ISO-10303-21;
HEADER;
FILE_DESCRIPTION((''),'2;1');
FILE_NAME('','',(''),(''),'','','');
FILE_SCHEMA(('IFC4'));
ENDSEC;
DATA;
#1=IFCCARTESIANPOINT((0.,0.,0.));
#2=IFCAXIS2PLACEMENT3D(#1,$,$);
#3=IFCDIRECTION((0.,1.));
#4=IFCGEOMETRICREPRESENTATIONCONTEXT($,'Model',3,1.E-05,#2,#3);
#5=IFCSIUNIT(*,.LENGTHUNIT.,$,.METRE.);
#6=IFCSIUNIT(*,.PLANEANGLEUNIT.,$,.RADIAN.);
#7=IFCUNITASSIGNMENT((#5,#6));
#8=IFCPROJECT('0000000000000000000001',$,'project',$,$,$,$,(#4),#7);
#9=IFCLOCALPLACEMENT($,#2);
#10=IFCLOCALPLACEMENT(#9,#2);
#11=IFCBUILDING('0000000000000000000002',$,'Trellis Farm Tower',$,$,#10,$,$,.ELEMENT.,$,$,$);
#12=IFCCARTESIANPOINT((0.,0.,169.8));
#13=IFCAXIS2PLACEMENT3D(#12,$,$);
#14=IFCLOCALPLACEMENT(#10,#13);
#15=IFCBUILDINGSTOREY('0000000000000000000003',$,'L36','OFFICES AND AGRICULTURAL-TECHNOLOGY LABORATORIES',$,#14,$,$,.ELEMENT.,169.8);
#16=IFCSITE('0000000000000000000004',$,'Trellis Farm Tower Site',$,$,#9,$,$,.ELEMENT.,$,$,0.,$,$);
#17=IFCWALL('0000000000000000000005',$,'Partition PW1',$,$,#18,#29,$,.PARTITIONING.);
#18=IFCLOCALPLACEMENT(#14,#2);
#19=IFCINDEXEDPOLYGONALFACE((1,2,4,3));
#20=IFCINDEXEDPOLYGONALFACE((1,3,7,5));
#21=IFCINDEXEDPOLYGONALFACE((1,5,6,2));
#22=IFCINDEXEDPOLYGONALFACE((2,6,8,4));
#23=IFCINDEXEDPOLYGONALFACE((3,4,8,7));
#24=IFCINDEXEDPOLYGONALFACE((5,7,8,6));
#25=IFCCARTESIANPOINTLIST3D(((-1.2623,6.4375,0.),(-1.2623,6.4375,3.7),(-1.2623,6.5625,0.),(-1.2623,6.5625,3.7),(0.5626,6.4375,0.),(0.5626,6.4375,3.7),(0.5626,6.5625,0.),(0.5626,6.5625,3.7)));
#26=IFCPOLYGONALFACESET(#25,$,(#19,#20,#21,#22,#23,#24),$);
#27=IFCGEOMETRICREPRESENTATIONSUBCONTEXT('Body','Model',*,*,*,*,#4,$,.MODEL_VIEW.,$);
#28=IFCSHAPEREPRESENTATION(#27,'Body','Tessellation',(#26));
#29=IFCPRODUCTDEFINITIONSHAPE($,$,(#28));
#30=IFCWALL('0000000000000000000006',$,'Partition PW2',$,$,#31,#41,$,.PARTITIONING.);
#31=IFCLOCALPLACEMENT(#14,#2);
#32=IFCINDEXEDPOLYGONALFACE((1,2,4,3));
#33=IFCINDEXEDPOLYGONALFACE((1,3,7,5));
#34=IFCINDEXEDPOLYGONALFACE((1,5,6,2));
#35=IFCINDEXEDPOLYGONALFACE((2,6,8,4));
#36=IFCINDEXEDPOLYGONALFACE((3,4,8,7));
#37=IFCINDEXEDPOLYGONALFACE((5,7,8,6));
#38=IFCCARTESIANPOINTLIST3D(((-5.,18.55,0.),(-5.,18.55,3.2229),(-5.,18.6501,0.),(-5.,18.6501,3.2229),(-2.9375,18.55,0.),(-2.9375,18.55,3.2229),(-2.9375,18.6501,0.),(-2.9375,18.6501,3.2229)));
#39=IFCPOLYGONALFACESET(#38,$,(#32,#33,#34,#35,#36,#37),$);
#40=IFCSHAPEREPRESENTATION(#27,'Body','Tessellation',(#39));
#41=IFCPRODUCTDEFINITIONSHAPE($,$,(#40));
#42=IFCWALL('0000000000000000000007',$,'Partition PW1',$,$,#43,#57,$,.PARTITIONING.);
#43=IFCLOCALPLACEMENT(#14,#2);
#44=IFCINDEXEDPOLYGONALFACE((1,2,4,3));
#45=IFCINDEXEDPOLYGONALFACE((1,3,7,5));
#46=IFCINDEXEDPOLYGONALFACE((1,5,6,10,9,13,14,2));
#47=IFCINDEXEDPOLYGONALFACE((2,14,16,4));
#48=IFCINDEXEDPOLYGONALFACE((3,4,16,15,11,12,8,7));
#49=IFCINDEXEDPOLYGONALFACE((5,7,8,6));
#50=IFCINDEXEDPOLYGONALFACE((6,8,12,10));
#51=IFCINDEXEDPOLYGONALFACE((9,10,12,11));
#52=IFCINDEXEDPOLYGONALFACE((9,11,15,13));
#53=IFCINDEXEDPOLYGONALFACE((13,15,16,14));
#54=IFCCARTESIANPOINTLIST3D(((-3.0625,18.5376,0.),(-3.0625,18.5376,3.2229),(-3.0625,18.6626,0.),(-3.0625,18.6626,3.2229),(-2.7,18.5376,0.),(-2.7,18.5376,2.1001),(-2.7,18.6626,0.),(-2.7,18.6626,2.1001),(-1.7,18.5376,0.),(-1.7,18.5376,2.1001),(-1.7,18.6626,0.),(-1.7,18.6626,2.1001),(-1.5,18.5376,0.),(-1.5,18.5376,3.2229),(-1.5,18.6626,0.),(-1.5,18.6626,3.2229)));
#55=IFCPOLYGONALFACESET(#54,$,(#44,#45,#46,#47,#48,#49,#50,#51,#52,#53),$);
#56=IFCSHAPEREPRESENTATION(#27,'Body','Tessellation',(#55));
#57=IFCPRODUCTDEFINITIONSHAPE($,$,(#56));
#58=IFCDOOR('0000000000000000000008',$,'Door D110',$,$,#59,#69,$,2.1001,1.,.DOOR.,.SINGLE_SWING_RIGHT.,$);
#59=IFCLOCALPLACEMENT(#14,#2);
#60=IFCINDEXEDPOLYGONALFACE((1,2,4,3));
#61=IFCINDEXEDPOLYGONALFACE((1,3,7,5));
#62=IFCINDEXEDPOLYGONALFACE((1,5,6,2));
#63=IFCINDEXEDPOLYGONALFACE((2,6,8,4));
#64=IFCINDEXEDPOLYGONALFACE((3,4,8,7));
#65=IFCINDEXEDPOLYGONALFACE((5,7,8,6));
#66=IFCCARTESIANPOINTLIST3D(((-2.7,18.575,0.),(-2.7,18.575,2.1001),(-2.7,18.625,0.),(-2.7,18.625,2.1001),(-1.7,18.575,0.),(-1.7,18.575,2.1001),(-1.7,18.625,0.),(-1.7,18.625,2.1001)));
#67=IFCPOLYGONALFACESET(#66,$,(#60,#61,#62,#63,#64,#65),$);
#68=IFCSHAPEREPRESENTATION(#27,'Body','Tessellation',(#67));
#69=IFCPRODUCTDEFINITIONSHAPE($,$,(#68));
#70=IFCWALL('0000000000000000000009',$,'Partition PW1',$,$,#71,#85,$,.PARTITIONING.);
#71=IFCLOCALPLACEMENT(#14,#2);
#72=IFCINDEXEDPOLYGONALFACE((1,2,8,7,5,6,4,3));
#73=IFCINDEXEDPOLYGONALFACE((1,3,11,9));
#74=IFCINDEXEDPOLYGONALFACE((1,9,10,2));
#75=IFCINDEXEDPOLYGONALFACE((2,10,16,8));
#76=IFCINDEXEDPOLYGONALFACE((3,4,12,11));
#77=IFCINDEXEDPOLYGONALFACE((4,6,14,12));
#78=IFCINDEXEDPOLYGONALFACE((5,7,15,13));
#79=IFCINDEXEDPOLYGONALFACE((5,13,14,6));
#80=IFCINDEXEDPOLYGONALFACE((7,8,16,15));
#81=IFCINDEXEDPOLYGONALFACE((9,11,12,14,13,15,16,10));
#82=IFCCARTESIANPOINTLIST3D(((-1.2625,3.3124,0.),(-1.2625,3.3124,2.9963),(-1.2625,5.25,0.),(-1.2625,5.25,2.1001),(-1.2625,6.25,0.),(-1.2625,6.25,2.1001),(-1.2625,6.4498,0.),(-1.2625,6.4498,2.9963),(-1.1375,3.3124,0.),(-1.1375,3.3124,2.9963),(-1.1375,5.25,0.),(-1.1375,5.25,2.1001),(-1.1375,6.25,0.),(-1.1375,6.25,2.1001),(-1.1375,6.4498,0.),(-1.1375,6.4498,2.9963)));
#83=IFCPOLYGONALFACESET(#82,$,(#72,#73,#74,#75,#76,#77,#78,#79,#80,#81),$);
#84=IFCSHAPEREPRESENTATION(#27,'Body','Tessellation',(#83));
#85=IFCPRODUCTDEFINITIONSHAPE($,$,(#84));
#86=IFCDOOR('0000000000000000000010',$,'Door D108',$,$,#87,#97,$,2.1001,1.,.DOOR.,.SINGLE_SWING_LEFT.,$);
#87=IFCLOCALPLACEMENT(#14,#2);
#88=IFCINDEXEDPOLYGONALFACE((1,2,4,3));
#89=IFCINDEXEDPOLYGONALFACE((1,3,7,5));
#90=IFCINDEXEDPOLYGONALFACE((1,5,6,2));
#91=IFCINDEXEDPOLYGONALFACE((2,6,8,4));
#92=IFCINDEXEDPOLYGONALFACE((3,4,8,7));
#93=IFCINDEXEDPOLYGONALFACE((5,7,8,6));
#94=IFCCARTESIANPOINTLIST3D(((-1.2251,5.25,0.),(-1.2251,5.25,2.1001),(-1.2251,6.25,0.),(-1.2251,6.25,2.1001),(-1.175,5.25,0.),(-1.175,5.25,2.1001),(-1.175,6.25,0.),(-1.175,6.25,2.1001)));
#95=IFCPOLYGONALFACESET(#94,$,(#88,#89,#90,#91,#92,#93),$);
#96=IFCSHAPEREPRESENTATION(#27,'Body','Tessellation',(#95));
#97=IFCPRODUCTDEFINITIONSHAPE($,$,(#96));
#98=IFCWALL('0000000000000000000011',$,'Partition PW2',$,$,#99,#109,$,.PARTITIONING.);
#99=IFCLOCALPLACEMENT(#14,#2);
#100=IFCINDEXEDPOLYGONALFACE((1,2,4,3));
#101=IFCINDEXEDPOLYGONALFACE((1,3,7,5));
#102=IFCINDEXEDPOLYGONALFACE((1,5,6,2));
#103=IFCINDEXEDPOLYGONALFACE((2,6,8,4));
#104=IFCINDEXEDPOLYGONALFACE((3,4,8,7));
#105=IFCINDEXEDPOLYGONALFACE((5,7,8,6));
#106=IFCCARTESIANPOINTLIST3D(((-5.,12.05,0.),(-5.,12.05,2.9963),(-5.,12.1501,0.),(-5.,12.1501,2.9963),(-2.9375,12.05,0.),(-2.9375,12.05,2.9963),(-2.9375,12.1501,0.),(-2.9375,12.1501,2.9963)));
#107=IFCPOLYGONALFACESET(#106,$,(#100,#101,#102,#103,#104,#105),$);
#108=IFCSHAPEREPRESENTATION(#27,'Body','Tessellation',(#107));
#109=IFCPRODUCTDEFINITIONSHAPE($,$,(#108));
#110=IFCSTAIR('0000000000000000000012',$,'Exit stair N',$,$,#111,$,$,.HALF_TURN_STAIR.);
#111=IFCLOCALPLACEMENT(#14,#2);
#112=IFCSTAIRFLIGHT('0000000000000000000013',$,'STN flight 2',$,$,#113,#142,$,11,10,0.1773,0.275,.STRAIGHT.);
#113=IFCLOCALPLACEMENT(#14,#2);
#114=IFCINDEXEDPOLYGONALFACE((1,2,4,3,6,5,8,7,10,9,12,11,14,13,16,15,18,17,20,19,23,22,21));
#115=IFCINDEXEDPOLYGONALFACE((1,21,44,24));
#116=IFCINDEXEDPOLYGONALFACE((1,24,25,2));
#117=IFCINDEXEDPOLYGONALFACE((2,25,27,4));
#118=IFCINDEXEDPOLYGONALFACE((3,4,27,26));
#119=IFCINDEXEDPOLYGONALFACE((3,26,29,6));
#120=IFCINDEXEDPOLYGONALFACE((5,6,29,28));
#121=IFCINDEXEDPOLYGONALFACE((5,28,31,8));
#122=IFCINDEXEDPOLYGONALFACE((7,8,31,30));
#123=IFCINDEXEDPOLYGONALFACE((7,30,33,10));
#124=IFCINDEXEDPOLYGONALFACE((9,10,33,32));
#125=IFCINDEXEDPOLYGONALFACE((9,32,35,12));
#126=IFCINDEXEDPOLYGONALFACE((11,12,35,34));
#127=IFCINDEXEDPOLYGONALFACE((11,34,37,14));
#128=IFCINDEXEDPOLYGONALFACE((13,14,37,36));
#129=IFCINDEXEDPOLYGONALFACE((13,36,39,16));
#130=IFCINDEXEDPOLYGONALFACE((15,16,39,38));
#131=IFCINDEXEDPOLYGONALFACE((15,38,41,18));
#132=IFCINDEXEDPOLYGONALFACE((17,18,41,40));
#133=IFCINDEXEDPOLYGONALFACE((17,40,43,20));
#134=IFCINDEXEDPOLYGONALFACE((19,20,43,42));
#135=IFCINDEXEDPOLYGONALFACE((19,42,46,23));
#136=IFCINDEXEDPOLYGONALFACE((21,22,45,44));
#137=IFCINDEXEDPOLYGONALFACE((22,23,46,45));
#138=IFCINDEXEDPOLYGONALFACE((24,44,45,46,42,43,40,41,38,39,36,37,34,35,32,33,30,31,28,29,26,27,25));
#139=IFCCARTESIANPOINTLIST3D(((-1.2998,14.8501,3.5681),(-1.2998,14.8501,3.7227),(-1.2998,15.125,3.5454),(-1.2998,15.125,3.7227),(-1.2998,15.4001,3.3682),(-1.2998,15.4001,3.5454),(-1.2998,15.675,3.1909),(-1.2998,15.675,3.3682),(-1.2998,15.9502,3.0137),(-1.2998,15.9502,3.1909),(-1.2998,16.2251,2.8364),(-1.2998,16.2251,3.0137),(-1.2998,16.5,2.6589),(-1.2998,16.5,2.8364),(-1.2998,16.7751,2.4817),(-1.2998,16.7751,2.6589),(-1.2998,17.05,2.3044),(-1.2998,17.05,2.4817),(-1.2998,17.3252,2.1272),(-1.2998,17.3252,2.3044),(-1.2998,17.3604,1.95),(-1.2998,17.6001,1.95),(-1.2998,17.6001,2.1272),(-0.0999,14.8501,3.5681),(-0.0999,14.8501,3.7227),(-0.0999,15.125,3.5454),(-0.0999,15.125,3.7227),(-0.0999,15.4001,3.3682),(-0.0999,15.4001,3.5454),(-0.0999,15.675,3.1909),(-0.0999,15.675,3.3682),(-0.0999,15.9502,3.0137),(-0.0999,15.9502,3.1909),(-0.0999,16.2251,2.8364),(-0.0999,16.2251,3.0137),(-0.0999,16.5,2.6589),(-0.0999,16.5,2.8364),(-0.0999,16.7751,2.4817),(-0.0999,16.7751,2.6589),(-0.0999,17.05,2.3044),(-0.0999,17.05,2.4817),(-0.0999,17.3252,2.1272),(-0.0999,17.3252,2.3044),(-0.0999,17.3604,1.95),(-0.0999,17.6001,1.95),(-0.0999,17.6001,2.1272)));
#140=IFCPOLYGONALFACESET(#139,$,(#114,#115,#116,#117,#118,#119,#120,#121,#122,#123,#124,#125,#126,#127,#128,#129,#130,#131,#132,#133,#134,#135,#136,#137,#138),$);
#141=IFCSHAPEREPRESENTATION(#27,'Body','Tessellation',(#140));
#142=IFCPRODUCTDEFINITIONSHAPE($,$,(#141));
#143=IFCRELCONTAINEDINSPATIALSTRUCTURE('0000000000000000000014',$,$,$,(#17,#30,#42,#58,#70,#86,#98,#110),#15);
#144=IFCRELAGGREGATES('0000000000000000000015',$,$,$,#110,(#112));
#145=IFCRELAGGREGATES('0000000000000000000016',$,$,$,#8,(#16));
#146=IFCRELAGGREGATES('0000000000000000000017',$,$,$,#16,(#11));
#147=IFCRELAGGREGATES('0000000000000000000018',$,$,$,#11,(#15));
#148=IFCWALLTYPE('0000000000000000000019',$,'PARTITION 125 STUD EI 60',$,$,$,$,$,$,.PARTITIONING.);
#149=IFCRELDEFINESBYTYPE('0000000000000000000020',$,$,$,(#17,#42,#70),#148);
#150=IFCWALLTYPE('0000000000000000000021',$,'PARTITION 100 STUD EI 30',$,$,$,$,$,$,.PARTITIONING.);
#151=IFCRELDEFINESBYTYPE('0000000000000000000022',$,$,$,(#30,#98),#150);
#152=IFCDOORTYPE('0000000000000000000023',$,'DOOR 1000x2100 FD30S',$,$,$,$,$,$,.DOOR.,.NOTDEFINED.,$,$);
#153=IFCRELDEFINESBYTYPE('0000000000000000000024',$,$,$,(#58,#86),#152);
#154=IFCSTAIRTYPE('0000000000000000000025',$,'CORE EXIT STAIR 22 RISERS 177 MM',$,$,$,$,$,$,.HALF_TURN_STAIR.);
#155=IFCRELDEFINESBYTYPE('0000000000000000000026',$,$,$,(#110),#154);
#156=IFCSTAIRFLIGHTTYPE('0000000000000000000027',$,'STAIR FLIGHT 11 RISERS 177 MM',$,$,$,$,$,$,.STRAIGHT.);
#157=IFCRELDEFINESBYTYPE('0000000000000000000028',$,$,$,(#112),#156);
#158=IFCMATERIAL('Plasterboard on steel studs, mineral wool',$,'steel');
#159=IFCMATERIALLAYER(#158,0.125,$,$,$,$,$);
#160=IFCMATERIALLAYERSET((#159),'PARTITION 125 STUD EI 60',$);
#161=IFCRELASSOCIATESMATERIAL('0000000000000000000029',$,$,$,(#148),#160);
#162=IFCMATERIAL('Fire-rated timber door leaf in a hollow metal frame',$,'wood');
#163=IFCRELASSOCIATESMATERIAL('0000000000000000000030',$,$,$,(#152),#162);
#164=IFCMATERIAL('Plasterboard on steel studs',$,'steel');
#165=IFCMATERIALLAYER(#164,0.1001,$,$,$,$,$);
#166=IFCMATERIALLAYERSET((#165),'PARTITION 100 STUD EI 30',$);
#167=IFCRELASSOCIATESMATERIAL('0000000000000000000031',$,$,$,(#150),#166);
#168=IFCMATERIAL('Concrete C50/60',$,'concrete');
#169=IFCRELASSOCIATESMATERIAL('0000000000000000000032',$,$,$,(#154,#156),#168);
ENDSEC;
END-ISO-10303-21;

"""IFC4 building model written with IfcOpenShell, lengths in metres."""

from ifc_helpers import new_model, si_unit, direction, frame, frame_2d, origin, place, context, subcontext, project, spatial, polyline, rectangle, outline, extrude, source, transform, mapped, material, layer, layer_set, type_object, element, fill, aggregate, save


model = new_model("IFC4")

# Units and contexts
model_context = context("Model", 3, precision=1e-05, world=origin(), true_north=direction((0.0, 1.0)))
body_context = subcontext(model_context, "Body", "Model", "MODEL_VIEW")
ifc_project = project(units=[si_unit("LENGTHUNIT", "METRE"), si_unit("PLANEANGLEUNIT", "RADIAN")], contexts=[model_context])

# Site, building, storey
site_placement = place(None, origin())
site = spatial("IfcSite", under=ifc_project, at=site_placement, Name="Trellis Farm Tower Site", CompositionType="ELEMENT", RefElevation=0.0)
building_placement = place(site_placement, origin())
building = spatial("IfcBuilding", under=site, at=building_placement, Name="Trellis Farm Tower", CompositionType="ELEMENT")
storey_placement = place(building_placement, frame((0.0, 0.0, 169.8)))
storey = spatial("IfcBuildingStorey", under=building, at=storey_placement, Name="L36", Description="OFFICES AND AGRICULTURAL-TECHNOLOGY LABORATORIES", CompositionType="ELEMENT", Elevation=169.8)

# Shared definitions
placement = place(storey_placement, origin())

# Shared definitions
ifc_material_1 = material(Name="Plasterboard on steel studs, mineral wool", Category="steel")
ifc_layer_1 = layer(ifc_material_1, 0.125)
ifc_layer_set_1 = layer_set([ifc_layer_1], Name="PARTITION 125 STUD EI 60")
wall_type_1 = type_object("IfcWallType", Name="PARTITION 125 STUD EI 60", PredefinedType="PARTITIONING", material=ifc_layer_set_1)
shared_shape_1 = source(origin(), body_context, "Body", "SweptSolid", [
    extrude(rectangle(XDim=1.0, YDim=2.1001, at=frame_2d((0.5, 1.05))), frame((0.0, 0.0725, 0.0), z_axis=(0.0, -1.0, 0.0), x_axis=(1.0, 0.0, 0.0)), (0.0, 0.0, 1.0), 0.145),
])
ifc_material_2 = material(Name="Fire-rated timber door leaf in a hollow metal frame", Category="wood")
door_type_1 = type_object("IfcDoorType", Name="DOOR 1000x2100 FD30S", OperationType="NOTDEFINED", PredefinedType="DOOR", material=ifc_material_2)
shared_shape_2 = source(origin(), body_context, "Body", "SweptSolid", [
    extrude(rectangle(XDim=1.0, YDim=2.1001, at=frame_2d((0.5, 1.05))), frame((0.0, 0.0249, 0.0), z_axis=(0.0, -1.0, 0.0), x_axis=(1.0, 0.0, 0.0)), (0.0, 0.0, 1.0), 0.05),
])

# Walls
shared_shape_3 = source(origin(), body_context, "Body", "SweptSolid", [
    extrude(rectangle(XDim=1.825, YDim=0.125, at=frame_2d((0.9126, 0.0))), origin(), (0.0, 0.0, 1.0), 3.7),
])
wall_1_placement = place(storey_placement, frame((-1.2625, 6.5, 0.0), z_axis=(0.0, 0.0, 1.0), x_axis=(1.0, 0.0, 0.0)))
element("IfcWall", 1, at=wall_1_placement, inside=storey, type_object=wall_type_1, Name="Partition PW1", PredefinedType="PARTITIONING", context=body_context, shape_type="MappedRepresentation", body=[
    mapped(shared_shape_3, transform((0.0, 0.0, 0.0))),
])
ifc_material_3 = material(Name="Plasterboard on steel studs", Category="steel")
ifc_layer_2 = layer(ifc_material_3, 0.1001)
ifc_layer_set_2 = layer_set([ifc_layer_2], Name="PARTITION 100 STUD EI 30")
wall_type_2 = type_object("IfcWallType", Name="PARTITION 100 STUD EI 30", PredefinedType="PARTITIONING", material=ifc_layer_set_2)
shared_shape_4 = source(origin(), body_context, "Body", "SweptSolid", [
    extrude(rectangle(XDim=2.0625, YDim=0.1001, at=frame_2d((1.0312, 0.0))), origin(), (0.0, 0.0, 1.0), 3.2229),
])
wall_2_placement = place(storey_placement, frame((-5.0, 18.6001, 0.0), z_axis=(0.0, 0.0, 1.0), x_axis=(1.0, 0.0, 0.0)))
element("IfcWall", 2, at=wall_2_placement, inside=storey, type_object=wall_type_2, Name="Partition PW2", PredefinedType="PARTITIONING", context=body_context, shape_type="MappedRepresentation", body=[
    mapped(shared_shape_4, transform((0.0, 0.0, 0.0))),
])

# Walls, openings, doors
shared_shape_5 = source(origin(), body_context, "Body", "SweptSolid", [
    extrude(rectangle(XDim=1.5625, YDim=0.125, at=frame_2d((0.7812, 0.0))), origin(), (0.0, 0.0, 1.0), 3.2229),
])
wall_3_placement = place(storey_placement, frame((-3.0625, 18.6001, 0.0), z_axis=(0.0, 0.0, 1.0), x_axis=(1.0, 0.0, 0.0)))
wall_3 = element("IfcWall", 3, at=wall_3_placement, inside=storey, type_object=wall_type_1, Name="Partition PW1", PredefinedType="PARTITIONING", context=body_context, shape_type="MappedRepresentation", body=[
    mapped(shared_shape_5, transform((0.0, 0.0, 0.0))),
])
opening_1_placement = place(wall_3_placement, frame((0.3625, 0.0, 0.0)))
opening_1 = element("IfcOpeningElement", 4, at=opening_1_placement, cuts=wall_3, PredefinedType="OPENING", context=body_context, shape_type="MappedRepresentation", body=[
    mapped(shared_shape_1, transform((0.0, 0.0, 0.0))),
])
door_1_placement = place(opening_1_placement, origin())
door_1 = element("IfcDoor", 5, at=door_1_placement, inside=storey, type_object=door_type_1, Name="Door D110", OperationType="SINGLE_SWING_RIGHT", OverallHeight=2.1001, OverallWidth=1.0, PredefinedType="DOOR", context=body_context, shape_type="MappedRepresentation", body=[
    mapped(shared_shape_2, transform((0.0, 0.0, 0.0))),
])
fill(opening_1, door_1)
shared_shape_6 = source(origin(), body_context, "Body", "SweptSolid", [
    extrude(rectangle(XDim=3.1375, YDim=0.125, at=frame_2d((1.5688, 0.0))), origin(), (0.0, 0.0, 1.0), 2.9963),
])
wall_4_placement = place(storey_placement, frame((-1.2, 6.45, 0.0), z_axis=(0.0, 0.0, 1.0), x_axis=(0.0, -1.0, 0.0)))
wall_4 = element("IfcWall", 6, at=wall_4_placement, inside=storey, type_object=wall_type_1, Name="Partition PW1", PredefinedType="PARTITIONING", context=body_context, shape_type="MappedRepresentation", body=[
    mapped(shared_shape_6, transform((0.0, 0.0, 0.0))),
])
opening_2_placement = place(wall_4_placement, frame((0.2, 0.0, 0.0)))
opening_2 = element("IfcOpeningElement", 7, at=opening_2_placement, cuts=wall_4, PredefinedType="OPENING", context=body_context, shape_type="MappedRepresentation", body=[
    mapped(shared_shape_1, transform((0.0, 0.0, 0.0))),
])
door_2_placement = place(opening_2_placement, origin())
door_2 = element("IfcDoor", 8, at=door_2_placement, inside=storey, type_object=door_type_1, Name="Door D108", OperationType="SINGLE_SWING_LEFT", OverallHeight=2.1001, OverallWidth=1.0, PredefinedType="DOOR", context=body_context, shape_type="MappedRepresentation", body=[
    mapped(shared_shape_2, transform((0.0, 0.0, 0.0))),
])
fill(opening_2, door_2)

# Wall
shared_shape_7 = source(origin(), body_context, "Body", "SweptSolid", [
    extrude(rectangle(XDim=2.0625, YDim=0.1001, at=frame_2d((1.0312, 0.0))), origin(), (0.0, 0.0, 1.0), 2.9963),
])
wall_5_placement = place(storey_placement, frame((-5.0, 12.1001, 0.0), z_axis=(0.0, 0.0, 1.0), x_axis=(1.0, 0.0, 0.0)))
element("IfcWall", 9, at=wall_5_placement, inside=storey, type_object=wall_type_2, Name="Partition PW2", PredefinedType="PARTITIONING", context=body_context, shape_type="MappedRepresentation", body=[
    mapped(shared_shape_7, transform((0.0, 0.0, 0.0))),
])

# Stair, stair flight
ifc_material_4 = material(Name="Concrete C50/60", Category="concrete")
stair_type = type_object("IfcStairType", Name="CORE EXIT STAIR 22 RISERS 177 MM", PredefinedType="HALF_TURN_STAIR", material=ifc_material_4)
stair = element("IfcStair", 10, at=placement, inside=storey, type_object=stair_type, Name="Exit stair N", PredefinedType="HALF_TURN_STAIR")
stair_flight_type = type_object("IfcStairFlightType", Name="STAIR FLIGHT 11 RISERS 177 MM", PredefinedType="STRAIGHT", material=ifc_material_4)
shared_shape_8 = source(origin(), body_context, "Body", "SweptSolid", [
    extrude(outline(polyline([(0.0, 0.0), (0.0, 0.1772), (0.2749, 0.1772), (0.2749, 0.3545), (0.55, 0.3545), (0.55, 0.5317), (0.825, 0.5317), (0.825, 0.709), (1.1001, 0.709), (1.1001, 0.8865), (1.375, 0.8865), (1.375, 1.0637), (1.6499, 1.0637), (1.6499, 1.241), (1.925, 1.241), (1.925, 1.4182), (2.2, 1.4182), (2.2, 1.5955), (2.4751, 1.5955), (2.4751, 1.7727), (2.75, 1.7727), (2.75, 1.95), (2.75, 1.6182), (0.2397, 0.0), (0.0, 0.0)])), frame((0.0, 0.6001, 0.0), z_axis=(0.0, -1.0, 0.0), x_axis=(1.0, 0.0, 0.0)), (0.0, 0.0, 1.0), 1.2),
])
stair_flight_placement = place(storey_placement, frame((-0.7, 17.6001, 1.95), z_axis=(0.0, 0.0, 1.0), x_axis=(0.0, -1.0, 0.0)))
stair_flight = element("IfcStairFlight", 11, at=stair_flight_placement, type_object=stair_flight_type, Name="STN flight 2", NumberOfRisers=11, NumberOfTreads=10, PredefinedType="STRAIGHT", RiserHeight=0.1773, TreadLength=0.275, context=body_context, shape_type="MappedRepresentation", body=[
    mapped(shared_shape_8, transform((0.0, 0.0, 0.0))),
])
aggregate(stair, [stair_flight])

save(model, "model.ifc")
